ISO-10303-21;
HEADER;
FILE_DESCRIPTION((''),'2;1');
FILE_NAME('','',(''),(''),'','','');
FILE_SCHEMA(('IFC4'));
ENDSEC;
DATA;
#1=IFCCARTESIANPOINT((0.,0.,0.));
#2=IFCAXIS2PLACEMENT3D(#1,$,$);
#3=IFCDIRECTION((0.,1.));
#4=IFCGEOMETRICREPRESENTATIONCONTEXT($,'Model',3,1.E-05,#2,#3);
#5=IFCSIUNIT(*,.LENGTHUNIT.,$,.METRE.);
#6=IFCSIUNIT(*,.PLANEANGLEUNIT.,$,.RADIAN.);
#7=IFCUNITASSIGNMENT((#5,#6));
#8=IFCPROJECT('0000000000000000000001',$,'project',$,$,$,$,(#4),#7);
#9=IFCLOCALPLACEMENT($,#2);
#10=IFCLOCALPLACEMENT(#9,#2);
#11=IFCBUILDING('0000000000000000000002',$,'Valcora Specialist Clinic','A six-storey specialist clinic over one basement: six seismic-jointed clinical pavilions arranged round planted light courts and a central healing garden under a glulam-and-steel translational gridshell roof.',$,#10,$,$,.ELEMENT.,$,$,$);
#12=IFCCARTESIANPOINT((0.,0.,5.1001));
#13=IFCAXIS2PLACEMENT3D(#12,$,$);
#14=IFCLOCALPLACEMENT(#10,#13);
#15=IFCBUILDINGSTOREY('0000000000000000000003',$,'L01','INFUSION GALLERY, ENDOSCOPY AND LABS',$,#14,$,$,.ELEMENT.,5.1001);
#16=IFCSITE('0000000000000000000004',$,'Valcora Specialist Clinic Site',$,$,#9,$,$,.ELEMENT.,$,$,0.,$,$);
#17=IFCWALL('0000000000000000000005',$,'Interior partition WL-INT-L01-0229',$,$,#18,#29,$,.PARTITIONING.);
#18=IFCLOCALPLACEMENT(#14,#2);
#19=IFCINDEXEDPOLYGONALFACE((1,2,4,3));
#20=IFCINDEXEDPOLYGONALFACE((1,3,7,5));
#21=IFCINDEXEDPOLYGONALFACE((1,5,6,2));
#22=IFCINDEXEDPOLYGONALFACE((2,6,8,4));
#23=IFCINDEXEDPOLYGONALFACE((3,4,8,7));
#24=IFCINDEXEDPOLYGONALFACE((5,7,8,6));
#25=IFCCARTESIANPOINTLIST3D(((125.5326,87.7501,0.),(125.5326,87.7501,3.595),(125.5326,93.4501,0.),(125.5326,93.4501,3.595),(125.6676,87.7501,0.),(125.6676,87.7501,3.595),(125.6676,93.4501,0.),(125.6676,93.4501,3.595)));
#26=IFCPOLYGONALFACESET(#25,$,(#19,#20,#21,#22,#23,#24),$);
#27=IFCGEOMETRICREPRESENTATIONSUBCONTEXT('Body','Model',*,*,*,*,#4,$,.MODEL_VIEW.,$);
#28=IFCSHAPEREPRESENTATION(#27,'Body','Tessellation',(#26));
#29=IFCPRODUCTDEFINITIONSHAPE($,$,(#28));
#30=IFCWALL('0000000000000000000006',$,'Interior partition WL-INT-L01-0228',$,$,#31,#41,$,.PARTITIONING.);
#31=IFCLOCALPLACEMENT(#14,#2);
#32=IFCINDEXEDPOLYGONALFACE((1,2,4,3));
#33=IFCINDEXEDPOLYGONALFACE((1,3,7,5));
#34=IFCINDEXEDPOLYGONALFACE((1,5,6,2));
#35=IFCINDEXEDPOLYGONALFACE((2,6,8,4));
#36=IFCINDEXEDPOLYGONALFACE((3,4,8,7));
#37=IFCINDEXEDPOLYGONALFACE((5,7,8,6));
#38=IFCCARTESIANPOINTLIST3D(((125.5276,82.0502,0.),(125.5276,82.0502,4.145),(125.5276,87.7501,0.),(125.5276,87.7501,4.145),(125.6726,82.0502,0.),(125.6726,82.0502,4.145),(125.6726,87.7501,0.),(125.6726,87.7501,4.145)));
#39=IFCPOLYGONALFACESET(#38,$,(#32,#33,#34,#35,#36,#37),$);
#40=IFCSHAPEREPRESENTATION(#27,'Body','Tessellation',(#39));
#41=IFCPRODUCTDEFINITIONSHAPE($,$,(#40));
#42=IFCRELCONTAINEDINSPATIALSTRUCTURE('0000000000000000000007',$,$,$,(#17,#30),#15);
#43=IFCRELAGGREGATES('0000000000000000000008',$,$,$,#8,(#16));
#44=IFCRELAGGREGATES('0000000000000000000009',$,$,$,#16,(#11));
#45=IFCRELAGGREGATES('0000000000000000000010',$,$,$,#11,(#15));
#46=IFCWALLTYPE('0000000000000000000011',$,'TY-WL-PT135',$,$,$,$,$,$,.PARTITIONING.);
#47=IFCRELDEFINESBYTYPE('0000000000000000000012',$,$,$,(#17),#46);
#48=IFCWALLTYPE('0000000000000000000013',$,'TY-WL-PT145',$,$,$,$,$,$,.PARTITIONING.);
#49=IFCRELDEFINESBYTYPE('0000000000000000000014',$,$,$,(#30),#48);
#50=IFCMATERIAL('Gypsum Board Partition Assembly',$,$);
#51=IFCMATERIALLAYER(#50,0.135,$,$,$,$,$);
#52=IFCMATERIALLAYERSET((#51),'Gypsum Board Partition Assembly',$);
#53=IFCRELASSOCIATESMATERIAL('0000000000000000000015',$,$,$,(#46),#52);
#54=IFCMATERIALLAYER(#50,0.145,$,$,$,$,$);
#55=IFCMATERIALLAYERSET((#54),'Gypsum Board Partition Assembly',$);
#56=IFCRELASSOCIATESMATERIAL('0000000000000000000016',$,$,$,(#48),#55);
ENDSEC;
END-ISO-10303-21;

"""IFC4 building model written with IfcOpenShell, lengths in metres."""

from ifc_helpers import new_model, si_unit, direction, frame, frame_2d, origin, place, context, subcontext, project, spatial, rectangle, extrude, material, layer, layer_set, type_object, element, save


model = new_model("IFC4")

# Units and contexts
model_context = context("Model", 3, precision=1e-05, world=origin(), true_north=direction((0.0, 1.0)))
body_context = subcontext(model_context, "Body", "Model", "MODEL_VIEW")
ifc_project = project(units=[si_unit("LENGTHUNIT", "METRE"), si_unit("PLANEANGLEUNIT", "RADIAN")], contexts=[model_context])

# Site, building, storey
site_placement = place(None, origin())
site = spatial("IfcSite", under=ifc_project, at=site_placement, Name="Valcora Specialist Clinic Site", CompositionType="ELEMENT", RefElevation=0.0)
building_placement = place(site_placement, origin())
building = spatial("IfcBuilding", under=site, at=building_placement, Name="Valcora Specialist Clinic", Description="A six-storey specialist clinic over one basement: six seismic-jointed clinical pavilions arranged round planted light courts and a central healing garden under a glulam-and-steel translational gridshell roof.", CompositionType="ELEMENT")
storey_placement = place(building_placement, frame((0.0, 0.0, 5.1001)))
storey = spatial("IfcBuildingStorey", under=building, at=storey_placement, Name="L01", Description="INFUSION GALLERY, ENDOSCOPY AND LABS", CompositionType="ELEMENT", Elevation=5.1001)

# Walls
ifc_material_1 = material(Name="Gypsum Board Partition Assembly")
ifc_layer_1 = layer(ifc_material_1, 0.135)
ifc_layer_set_1 = layer_set([ifc_layer_1], Name="Gypsum Board Partition Assembly")
wall_type_1 = type_object("IfcWallType", Name="TY-WL-PT135", PredefinedType="PARTITIONING", material=ifc_layer_set_1)
wall_1_placement = place(storey_placement, frame((125.6001, 87.75, 0.0), z_axis=(0.0, 0.0, 1.0), x_axis=(0.0, 1.0, 0.0)))
element("IfcWall", 1, at=wall_1_placement, inside=storey, type_object=wall_type_1, Name="Interior partition WL-INT-L01-0229", PredefinedType="PARTITIONING", context=body_context, shape_type="SweptSolid", body=[
    extrude(rectangle(XDim=5.7, YDim=0.135, at=frame_2d((2.8501, 0.0))), origin(), (0.0, 0.0, 1.0), 3.595),
])
ifc_layer_2 = layer(ifc_material_1, 0.145)
ifc_layer_set_2 = layer_set([ifc_layer_2], Name="Gypsum Board Partition Assembly")
wall_type_2 = type_object("IfcWallType", Name="TY-WL-PT145", PredefinedType="PARTITIONING", material=ifc_layer_set_2)
wall_2_placement = place(storey_placement, frame((125.6001, 82.05, 0.0), z_axis=(0.0, 0.0, 1.0), x_axis=(0.0, 1.0, 0.0)))
element("IfcWall", 2, at=wall_2_placement, inside=storey, type_object=wall_type_2, Name="Interior partition WL-INT-L01-0228", PredefinedType="PARTITIONING", context=body_context, shape_type="SweptSolid", body=[
    extrude(rectangle(XDim=5.7, YDim=0.145, at=frame_2d((2.8501, 0.0))), origin(), (0.0, 0.0, 1.0), 4.145),
])

save(model, "model.ifc")
